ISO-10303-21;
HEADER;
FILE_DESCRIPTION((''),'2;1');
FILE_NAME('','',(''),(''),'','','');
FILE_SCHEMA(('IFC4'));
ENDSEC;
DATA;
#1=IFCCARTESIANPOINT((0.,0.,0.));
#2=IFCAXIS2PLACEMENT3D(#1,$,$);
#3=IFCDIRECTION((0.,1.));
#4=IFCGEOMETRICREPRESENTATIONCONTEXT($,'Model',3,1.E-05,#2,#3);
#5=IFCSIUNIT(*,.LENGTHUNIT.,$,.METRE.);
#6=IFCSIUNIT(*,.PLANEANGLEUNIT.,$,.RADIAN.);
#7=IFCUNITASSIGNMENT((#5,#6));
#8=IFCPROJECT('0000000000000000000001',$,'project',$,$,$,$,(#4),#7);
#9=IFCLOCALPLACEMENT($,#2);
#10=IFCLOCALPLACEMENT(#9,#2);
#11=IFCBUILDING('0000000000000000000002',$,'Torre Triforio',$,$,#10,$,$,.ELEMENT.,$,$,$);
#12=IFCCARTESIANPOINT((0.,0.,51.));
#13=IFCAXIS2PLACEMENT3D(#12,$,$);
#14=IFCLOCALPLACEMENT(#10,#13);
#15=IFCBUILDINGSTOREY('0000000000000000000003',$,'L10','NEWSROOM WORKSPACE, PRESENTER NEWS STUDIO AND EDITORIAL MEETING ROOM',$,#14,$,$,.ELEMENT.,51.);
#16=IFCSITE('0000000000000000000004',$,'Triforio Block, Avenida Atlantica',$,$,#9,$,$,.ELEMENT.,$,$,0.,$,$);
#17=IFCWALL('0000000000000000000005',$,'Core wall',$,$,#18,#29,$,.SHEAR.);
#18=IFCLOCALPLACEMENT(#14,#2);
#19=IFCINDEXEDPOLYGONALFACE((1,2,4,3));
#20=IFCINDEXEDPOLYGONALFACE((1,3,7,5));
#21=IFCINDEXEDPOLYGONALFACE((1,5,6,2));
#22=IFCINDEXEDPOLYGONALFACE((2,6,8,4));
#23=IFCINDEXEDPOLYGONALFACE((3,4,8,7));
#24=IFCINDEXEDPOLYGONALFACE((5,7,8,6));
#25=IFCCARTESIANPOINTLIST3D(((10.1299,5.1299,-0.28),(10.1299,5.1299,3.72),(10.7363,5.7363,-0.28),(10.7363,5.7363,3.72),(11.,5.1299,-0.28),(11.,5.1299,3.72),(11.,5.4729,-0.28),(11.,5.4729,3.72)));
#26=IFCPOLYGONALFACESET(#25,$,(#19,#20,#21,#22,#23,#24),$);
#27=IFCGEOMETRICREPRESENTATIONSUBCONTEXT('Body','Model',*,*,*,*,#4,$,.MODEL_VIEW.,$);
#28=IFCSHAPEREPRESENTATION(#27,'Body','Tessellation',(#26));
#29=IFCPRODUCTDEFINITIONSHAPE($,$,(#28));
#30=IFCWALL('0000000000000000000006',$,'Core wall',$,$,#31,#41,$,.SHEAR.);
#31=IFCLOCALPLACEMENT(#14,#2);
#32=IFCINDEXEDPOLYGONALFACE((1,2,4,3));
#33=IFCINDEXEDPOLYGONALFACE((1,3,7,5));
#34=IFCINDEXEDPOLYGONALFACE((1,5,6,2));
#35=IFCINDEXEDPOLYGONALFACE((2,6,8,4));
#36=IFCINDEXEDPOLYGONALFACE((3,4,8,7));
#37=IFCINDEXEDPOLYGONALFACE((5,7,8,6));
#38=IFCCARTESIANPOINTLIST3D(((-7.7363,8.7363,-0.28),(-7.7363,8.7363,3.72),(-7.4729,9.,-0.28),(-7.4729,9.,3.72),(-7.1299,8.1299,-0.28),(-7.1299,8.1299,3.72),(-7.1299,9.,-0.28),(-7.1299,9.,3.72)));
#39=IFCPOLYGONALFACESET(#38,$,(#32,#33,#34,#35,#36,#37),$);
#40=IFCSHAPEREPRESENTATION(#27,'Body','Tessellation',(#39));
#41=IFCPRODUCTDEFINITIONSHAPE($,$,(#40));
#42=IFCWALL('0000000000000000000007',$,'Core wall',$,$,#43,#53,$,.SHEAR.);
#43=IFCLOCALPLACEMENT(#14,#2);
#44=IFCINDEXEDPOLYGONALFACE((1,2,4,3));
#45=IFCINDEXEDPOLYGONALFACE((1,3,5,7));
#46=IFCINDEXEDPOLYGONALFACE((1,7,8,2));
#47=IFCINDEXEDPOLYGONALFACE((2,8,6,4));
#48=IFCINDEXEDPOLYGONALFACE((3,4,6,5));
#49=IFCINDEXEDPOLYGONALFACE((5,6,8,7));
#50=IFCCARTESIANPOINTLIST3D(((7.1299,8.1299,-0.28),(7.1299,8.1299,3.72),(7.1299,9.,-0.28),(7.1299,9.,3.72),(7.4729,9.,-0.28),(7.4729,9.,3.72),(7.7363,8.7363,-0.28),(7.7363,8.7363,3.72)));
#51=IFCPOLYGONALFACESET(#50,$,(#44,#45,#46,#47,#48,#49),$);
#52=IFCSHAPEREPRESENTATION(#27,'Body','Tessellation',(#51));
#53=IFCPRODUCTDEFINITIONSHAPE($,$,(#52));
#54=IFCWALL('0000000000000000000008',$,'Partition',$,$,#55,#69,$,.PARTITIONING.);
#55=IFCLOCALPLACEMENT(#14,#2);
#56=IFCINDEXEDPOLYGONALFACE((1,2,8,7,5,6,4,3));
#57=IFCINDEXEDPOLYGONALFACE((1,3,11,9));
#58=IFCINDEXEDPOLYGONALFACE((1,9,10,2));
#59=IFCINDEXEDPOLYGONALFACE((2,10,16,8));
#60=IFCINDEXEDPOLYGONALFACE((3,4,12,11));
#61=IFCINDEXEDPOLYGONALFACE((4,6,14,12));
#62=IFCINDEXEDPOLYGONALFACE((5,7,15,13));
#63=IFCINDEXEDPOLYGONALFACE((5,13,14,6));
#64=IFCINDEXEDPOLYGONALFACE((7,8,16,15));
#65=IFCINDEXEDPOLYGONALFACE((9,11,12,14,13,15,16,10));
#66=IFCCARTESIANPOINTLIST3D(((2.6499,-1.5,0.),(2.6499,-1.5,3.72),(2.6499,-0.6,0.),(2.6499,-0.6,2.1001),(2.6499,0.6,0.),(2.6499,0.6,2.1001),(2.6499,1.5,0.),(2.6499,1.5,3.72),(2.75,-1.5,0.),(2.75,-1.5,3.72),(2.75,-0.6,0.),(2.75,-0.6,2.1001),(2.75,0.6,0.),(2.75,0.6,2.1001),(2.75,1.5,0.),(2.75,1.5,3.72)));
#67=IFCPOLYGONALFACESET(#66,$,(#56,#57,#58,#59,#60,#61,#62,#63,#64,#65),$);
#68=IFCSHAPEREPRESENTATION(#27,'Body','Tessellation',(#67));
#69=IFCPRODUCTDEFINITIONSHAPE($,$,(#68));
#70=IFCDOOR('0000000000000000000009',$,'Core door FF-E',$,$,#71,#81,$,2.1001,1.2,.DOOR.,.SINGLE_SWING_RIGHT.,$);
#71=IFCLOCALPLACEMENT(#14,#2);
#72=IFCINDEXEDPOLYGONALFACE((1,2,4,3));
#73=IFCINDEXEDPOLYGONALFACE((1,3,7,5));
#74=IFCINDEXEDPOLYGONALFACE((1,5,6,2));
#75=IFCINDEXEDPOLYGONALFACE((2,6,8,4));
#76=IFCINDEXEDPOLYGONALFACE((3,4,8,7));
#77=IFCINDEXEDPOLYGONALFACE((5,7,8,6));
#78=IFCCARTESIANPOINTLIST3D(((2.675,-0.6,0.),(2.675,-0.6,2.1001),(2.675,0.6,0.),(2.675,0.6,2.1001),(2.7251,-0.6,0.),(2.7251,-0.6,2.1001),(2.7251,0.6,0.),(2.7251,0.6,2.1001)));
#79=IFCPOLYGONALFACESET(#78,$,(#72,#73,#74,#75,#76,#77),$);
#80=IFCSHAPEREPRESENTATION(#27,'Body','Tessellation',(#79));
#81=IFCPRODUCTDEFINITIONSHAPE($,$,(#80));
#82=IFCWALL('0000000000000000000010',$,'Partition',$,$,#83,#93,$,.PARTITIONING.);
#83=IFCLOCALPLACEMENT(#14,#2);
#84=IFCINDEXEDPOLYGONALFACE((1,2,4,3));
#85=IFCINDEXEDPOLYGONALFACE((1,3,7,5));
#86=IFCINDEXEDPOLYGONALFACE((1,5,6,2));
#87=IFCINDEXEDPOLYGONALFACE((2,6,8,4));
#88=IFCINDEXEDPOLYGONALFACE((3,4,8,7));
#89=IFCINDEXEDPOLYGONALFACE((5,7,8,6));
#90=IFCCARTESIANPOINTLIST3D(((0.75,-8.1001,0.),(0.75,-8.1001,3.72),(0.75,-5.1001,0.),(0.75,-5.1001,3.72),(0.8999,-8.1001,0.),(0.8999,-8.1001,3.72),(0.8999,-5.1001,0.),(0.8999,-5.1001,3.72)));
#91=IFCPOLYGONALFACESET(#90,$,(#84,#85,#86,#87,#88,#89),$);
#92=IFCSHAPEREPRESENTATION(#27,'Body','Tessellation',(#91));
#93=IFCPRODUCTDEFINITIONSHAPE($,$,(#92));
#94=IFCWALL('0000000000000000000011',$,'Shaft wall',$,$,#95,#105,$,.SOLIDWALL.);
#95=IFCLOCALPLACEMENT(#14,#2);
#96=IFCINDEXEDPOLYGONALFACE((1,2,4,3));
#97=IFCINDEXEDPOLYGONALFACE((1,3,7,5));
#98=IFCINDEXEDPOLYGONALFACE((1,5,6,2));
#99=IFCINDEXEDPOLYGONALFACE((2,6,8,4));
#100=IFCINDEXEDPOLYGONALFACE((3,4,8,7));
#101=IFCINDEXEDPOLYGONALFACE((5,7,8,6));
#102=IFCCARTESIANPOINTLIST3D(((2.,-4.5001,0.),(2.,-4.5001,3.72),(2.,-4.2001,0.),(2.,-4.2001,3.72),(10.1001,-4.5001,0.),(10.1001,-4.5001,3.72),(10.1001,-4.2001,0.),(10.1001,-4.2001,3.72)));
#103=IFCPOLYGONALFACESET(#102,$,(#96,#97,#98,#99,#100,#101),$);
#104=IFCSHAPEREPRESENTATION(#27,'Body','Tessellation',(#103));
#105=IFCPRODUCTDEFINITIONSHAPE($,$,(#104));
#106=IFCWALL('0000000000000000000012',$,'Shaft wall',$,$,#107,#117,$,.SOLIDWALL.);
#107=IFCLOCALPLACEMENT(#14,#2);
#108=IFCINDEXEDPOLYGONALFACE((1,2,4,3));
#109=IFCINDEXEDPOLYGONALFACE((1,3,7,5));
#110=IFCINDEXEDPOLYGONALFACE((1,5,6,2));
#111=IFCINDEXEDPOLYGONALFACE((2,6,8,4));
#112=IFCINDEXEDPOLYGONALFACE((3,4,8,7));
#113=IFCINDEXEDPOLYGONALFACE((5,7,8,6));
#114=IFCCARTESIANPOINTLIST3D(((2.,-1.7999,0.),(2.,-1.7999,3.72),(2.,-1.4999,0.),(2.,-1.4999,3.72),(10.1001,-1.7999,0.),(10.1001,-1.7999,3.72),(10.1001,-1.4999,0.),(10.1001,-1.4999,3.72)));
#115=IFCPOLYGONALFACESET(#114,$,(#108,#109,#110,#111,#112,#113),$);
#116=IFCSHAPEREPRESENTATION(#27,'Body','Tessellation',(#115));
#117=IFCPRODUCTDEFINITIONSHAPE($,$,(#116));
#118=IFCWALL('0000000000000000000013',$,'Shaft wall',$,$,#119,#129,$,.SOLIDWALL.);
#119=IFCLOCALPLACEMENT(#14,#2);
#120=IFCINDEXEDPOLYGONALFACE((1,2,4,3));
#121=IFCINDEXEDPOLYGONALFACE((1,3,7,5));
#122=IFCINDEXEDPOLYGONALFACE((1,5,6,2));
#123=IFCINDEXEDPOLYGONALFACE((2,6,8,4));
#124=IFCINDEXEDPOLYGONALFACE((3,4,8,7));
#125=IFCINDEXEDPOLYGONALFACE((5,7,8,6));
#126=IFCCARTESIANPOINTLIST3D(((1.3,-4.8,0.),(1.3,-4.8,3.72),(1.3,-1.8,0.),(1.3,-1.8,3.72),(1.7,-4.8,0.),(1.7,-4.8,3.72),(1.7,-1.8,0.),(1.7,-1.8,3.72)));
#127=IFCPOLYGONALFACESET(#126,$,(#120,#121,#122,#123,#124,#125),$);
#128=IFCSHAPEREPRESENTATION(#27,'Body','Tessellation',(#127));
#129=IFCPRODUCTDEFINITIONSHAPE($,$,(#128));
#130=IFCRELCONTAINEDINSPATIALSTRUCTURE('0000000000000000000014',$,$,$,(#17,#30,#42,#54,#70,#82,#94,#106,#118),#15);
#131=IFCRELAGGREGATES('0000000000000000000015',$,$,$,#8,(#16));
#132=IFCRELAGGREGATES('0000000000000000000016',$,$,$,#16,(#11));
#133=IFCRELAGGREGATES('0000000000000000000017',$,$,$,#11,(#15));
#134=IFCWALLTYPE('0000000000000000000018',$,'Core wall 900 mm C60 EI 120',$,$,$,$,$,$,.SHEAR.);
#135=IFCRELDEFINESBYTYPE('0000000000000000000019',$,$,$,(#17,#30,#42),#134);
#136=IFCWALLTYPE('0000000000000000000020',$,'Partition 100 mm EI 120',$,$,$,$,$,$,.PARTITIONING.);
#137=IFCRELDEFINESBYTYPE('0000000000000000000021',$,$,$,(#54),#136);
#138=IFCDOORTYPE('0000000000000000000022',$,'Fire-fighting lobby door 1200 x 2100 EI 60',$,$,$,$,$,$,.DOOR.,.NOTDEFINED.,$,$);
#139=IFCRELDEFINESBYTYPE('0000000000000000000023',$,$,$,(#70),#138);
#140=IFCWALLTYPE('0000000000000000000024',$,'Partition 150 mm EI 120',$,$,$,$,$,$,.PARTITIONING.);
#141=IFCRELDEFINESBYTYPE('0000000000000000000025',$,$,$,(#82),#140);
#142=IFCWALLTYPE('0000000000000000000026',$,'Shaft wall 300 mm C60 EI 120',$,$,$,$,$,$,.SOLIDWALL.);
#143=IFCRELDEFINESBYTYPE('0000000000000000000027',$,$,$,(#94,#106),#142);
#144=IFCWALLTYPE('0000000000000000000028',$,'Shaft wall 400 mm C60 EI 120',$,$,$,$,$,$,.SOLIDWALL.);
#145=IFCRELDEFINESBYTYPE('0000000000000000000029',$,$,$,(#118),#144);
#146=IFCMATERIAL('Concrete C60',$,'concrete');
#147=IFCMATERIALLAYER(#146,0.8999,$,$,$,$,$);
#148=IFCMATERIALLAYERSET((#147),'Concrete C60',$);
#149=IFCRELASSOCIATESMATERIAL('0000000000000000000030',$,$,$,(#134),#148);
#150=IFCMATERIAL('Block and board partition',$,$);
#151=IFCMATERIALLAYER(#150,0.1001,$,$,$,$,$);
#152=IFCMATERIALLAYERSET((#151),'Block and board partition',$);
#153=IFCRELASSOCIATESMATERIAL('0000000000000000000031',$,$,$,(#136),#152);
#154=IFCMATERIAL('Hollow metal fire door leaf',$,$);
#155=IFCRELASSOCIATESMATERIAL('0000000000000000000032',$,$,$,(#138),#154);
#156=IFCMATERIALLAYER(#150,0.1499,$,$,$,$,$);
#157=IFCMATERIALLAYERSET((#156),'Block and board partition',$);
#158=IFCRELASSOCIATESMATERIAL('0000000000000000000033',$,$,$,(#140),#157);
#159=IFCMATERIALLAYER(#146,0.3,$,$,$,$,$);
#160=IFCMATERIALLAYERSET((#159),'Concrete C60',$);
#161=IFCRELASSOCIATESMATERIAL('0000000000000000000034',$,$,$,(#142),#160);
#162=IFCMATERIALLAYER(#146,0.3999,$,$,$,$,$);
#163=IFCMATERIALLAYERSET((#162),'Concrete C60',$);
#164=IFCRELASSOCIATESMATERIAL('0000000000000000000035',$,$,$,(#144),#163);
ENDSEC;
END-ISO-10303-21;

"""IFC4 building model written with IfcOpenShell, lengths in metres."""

from ifc_helpers import new_model, si_unit, direction, frame, frame_2d, origin, place, context, subcontext, project, spatial, polyline, rectangle, outline, extrude, material, layer, layer_set, type_object, element, fill, save


model = new_model("IFC4")

# Units and contexts
model_context = context("Model", 3, precision=1e-05, world=origin(), true_north=direction((0.0, 1.0)))
body_context = subcontext(model_context, "Body", "Model", "MODEL_VIEW")
ifc_project = project(units=[si_unit("LENGTHUNIT", "METRE"), si_unit("PLANEANGLEUNIT", "RADIAN")], contexts=[model_context])

# Site, building, storey
site_placement = place(None, origin())
site = spatial("IfcSite", under=ifc_project, at=site_placement, Name="Triforio Block, Avenida Atlantica", CompositionType="ELEMENT", RefElevation=0.0)
building_placement = place(site_placement, origin())
building = spatial("IfcBuilding", under=site, at=building_placement, Name="Torre Triforio", CompositionType="ELEMENT")
storey_placement = place(building_placement, frame((0.0, 0.0, 51.0)))
storey = spatial("IfcBuildingStorey", under=building, at=storey_placement, Name="L10", Description="NEWSROOM WORKSPACE, PRESENTER NEWS STUDIO AND EDITORIAL MEETING ROOM", CompositionType="ELEMENT", Elevation=51.0)

# Shared definitions
ifc_material_1 = material(Name="Concrete C60", Category="concrete")

# Walls
ifc_layer_1 = layer(ifc_material_1, 0.8999)
ifc_layer_set_1 = layer_set([ifc_layer_1], Name="Concrete C60")
wall_type_1 = type_object("IfcWallType", Name="Core wall 900 mm C60 EI 120", PredefinedType="SHEAR", material=ifc_layer_set_1)
wall_1_placement = place(storey_placement, frame((0.0, 0.0, -0.28)))
element("IfcWall", 1, at=wall_1_placement, inside=storey, type_object=wall_type_1, Name="Core wall", PredefinedType="SHEAR", context=body_context, shape_type="SweptSolid", body=[
    extrude(outline(polyline([(11.0, 5.4729), (11.0, 5.1299), (10.1299, 5.1299), (10.7363, 5.7363), (11.0, 5.4729)])), origin(), (0.0, 0.0, 1.0), 4.0),
])
wall_2_placement = place(storey_placement, frame((0.0, 0.0, -0.28)))
element("IfcWall", 2, at=wall_2_placement, inside=storey, type_object=wall_type_1, Name="Core wall", PredefinedType="SHEAR", context=body_context, shape_type="SweptSolid", body=[
    extrude(outline(polyline([(-7.4729, 9.0), (-7.1299, 9.0), (-7.1299, 8.1299), (-7.7363, 8.7363), (-7.4729, 9.0)])), origin(), (0.0, 0.0, 1.0), 4.0),
])
wall_3_placement = place(storey_placement, frame((0.0, 0.0, -0.28)))
element("IfcWall", 3, at=wall_3_placement, inside=storey, type_object=wall_type_1, Name="Core wall", PredefinedType="SHEAR", context=body_context, shape_type="SweptSolid", body=[
    extrude(outline(polyline([(7.4729, 9.0), (7.7363, 8.7363), (7.1299, 8.1299), (7.1299, 9.0), (7.4729, 9.0)])), origin(), (0.0, 0.0, 1.0), 4.0),
])

# Wall, opening, door
ifc_material_2 = material(Name="Block and board partition")
ifc_layer_2 = layer(ifc_material_2, 0.1001)
ifc_layer_set_2 = layer_set([ifc_layer_2], Name="Block and board partition")
wall_type_2 = type_object("IfcWallType", Name="Partition 100 mm EI 120", PredefinedType="PARTITIONING", material=ifc_layer_set_2)
wall_4_placement = place(storey_placement, frame((2.7, -1.5, 0.0), z_axis=(0.0, 0.0, 1.0), x_axis=(0.0, 1.0, 0.0)))
wall_4 = element("IfcWall", 4, at=wall_4_placement, inside=storey, type_object=wall_type_2, Name="Partition", PredefinedType="PARTITIONING", context=body_context, shape_type="SweptSolid", body=[
    extrude(rectangle(XDim=3.0, YDim=0.1001, at=frame_2d((1.5, 0.0))), origin(), (0.0, 0.0, 1.0), 3.72),
])
opening_placement = place(wall_4_placement, frame((0.8999, 0.0, 0.0)))
opening = element("IfcOpeningElement", 5, at=opening_placement, cuts=wall_4, PredefinedType="OPENING", context=body_context, shape_type="SweptSolid", body=[
    extrude(rectangle(XDim=1.2, YDim=2.1001, at=frame_2d((0.6001, 1.05))), frame((0.0, 0.0601, 0.0), z_axis=(0.0, -1.0, 0.0), x_axis=(1.0, 0.0, 0.0)), (0.0, 0.0, 1.0), 0.1201),
])
ifc_material_3 = material(Name="Hollow metal fire door leaf")
door_type = type_object("IfcDoorType", Name="Fire-fighting lobby door 1200 x 2100 EI 60", OperationType="NOTDEFINED", PredefinedType="DOOR", material=ifc_material_3)
door_placement = place(opening_placement, origin())
door = element("IfcDoor", 6, at=door_placement, inside=storey, type_object=door_type, Name="Core door FF-E", OperationType="SINGLE_SWING_RIGHT", OverallHeight=2.1001, OverallWidth=1.2, PredefinedType="DOOR", context=body_context, shape_type="SweptSolid", body=[
    extrude(rectangle(XDim=1.2, YDim=2.1001, at=frame_2d((0.6001, 1.05))), frame((0.0, 0.0249, 0.0), z_axis=(0.0, -1.0, 0.0), x_axis=(1.0, 0.0, 0.0)), (0.0, 0.0, 1.0), 0.05),
])
fill(opening, door)

# Walls
ifc_layer_3 = layer(ifc_material_2, 0.1499)
ifc_layer_set_3 = layer_set([ifc_layer_3], Name="Block and board partition")
wall_type_3 = type_object("IfcWallType", Name="Partition 150 mm EI 120", PredefinedType="PARTITIONING", material=ifc_layer_set_3)
wall_5_placement = place(storey_placement, frame((0.825, -8.1001, 0.0), z_axis=(0.0, 0.0, 1.0), x_axis=(0.0, 1.0, 0.0)))
element("IfcWall", 7, at=wall_5_placement, inside=storey, type_object=wall_type_3, Name="Partition", PredefinedType="PARTITIONING", context=body_context, shape_type="SweptSolid", body=[
    extrude(rectangle(XDim=3.0, YDim=0.1499, at=frame_2d((1.5, 0.0))), origin(), (0.0, 0.0, 1.0), 3.72),
])
ifc_layer_4 = layer(ifc_material_1, 0.3)
ifc_layer_set_4 = layer_set([ifc_layer_4], Name="Concrete C60")
wall_type_4 = type_object("IfcWallType", Name="Shaft wall 300 mm C60 EI 120", PredefinedType="SOLIDWALL", material=ifc_layer_set_4)
for number, where, z_axis, x_axis, name in (
    (8, (2.0, -4.3501, 0.0), (0.0, 0.0, 1.0), (1.0, 0.0, 0.0), "Shaft wall"),
    (9, (2.0, -1.6499, 0.0), (0.0, 0.0, 1.0), (1.0, 0.0, 0.0), "Shaft wall"),
):
    element("IfcWall", number, at=place(storey_placement, frame(where, z_axis=z_axis, x_axis=x_axis)), inside=storey, type_object=wall_type_4, Name=name, PredefinedType="SOLIDWALL", context=body_context, shape_type="SweptSolid", body=[
        extrude(rectangle(XDim=8.1001, YDim=0.3, at=frame_2d((4.05, 0.0))), origin(), (0.0, 0.0, 1.0), 3.72),
    ])
ifc_layer_5 = layer(ifc_material_1, 0.3999)
ifc_layer_set_5 = layer_set([ifc_layer_5], Name="Concrete C60")
wall_type_5 = type_object("IfcWallType", Name="Shaft wall 400 mm C60 EI 120", PredefinedType="SOLIDWALL", material=ifc_layer_set_5)
wall_6_placement = place(storey_placement, frame((1.5, -4.8, 0.0), z_axis=(0.0, 0.0, 1.0), x_axis=(0.0, 1.0, 0.0)))
element("IfcWall", 10, at=wall_6_placement, inside=storey, type_object=wall_type_5, Name="Shaft wall", PredefinedType="SOLIDWALL", context=body_context, shape_type="SweptSolid", body=[
    extrude(rectangle(XDim=3.0, YDim=0.3999, at=frame_2d((1.5, 0.0))), origin(), (0.0, 0.0, 1.0), 3.72),
])

save(model, "model.ifc")
